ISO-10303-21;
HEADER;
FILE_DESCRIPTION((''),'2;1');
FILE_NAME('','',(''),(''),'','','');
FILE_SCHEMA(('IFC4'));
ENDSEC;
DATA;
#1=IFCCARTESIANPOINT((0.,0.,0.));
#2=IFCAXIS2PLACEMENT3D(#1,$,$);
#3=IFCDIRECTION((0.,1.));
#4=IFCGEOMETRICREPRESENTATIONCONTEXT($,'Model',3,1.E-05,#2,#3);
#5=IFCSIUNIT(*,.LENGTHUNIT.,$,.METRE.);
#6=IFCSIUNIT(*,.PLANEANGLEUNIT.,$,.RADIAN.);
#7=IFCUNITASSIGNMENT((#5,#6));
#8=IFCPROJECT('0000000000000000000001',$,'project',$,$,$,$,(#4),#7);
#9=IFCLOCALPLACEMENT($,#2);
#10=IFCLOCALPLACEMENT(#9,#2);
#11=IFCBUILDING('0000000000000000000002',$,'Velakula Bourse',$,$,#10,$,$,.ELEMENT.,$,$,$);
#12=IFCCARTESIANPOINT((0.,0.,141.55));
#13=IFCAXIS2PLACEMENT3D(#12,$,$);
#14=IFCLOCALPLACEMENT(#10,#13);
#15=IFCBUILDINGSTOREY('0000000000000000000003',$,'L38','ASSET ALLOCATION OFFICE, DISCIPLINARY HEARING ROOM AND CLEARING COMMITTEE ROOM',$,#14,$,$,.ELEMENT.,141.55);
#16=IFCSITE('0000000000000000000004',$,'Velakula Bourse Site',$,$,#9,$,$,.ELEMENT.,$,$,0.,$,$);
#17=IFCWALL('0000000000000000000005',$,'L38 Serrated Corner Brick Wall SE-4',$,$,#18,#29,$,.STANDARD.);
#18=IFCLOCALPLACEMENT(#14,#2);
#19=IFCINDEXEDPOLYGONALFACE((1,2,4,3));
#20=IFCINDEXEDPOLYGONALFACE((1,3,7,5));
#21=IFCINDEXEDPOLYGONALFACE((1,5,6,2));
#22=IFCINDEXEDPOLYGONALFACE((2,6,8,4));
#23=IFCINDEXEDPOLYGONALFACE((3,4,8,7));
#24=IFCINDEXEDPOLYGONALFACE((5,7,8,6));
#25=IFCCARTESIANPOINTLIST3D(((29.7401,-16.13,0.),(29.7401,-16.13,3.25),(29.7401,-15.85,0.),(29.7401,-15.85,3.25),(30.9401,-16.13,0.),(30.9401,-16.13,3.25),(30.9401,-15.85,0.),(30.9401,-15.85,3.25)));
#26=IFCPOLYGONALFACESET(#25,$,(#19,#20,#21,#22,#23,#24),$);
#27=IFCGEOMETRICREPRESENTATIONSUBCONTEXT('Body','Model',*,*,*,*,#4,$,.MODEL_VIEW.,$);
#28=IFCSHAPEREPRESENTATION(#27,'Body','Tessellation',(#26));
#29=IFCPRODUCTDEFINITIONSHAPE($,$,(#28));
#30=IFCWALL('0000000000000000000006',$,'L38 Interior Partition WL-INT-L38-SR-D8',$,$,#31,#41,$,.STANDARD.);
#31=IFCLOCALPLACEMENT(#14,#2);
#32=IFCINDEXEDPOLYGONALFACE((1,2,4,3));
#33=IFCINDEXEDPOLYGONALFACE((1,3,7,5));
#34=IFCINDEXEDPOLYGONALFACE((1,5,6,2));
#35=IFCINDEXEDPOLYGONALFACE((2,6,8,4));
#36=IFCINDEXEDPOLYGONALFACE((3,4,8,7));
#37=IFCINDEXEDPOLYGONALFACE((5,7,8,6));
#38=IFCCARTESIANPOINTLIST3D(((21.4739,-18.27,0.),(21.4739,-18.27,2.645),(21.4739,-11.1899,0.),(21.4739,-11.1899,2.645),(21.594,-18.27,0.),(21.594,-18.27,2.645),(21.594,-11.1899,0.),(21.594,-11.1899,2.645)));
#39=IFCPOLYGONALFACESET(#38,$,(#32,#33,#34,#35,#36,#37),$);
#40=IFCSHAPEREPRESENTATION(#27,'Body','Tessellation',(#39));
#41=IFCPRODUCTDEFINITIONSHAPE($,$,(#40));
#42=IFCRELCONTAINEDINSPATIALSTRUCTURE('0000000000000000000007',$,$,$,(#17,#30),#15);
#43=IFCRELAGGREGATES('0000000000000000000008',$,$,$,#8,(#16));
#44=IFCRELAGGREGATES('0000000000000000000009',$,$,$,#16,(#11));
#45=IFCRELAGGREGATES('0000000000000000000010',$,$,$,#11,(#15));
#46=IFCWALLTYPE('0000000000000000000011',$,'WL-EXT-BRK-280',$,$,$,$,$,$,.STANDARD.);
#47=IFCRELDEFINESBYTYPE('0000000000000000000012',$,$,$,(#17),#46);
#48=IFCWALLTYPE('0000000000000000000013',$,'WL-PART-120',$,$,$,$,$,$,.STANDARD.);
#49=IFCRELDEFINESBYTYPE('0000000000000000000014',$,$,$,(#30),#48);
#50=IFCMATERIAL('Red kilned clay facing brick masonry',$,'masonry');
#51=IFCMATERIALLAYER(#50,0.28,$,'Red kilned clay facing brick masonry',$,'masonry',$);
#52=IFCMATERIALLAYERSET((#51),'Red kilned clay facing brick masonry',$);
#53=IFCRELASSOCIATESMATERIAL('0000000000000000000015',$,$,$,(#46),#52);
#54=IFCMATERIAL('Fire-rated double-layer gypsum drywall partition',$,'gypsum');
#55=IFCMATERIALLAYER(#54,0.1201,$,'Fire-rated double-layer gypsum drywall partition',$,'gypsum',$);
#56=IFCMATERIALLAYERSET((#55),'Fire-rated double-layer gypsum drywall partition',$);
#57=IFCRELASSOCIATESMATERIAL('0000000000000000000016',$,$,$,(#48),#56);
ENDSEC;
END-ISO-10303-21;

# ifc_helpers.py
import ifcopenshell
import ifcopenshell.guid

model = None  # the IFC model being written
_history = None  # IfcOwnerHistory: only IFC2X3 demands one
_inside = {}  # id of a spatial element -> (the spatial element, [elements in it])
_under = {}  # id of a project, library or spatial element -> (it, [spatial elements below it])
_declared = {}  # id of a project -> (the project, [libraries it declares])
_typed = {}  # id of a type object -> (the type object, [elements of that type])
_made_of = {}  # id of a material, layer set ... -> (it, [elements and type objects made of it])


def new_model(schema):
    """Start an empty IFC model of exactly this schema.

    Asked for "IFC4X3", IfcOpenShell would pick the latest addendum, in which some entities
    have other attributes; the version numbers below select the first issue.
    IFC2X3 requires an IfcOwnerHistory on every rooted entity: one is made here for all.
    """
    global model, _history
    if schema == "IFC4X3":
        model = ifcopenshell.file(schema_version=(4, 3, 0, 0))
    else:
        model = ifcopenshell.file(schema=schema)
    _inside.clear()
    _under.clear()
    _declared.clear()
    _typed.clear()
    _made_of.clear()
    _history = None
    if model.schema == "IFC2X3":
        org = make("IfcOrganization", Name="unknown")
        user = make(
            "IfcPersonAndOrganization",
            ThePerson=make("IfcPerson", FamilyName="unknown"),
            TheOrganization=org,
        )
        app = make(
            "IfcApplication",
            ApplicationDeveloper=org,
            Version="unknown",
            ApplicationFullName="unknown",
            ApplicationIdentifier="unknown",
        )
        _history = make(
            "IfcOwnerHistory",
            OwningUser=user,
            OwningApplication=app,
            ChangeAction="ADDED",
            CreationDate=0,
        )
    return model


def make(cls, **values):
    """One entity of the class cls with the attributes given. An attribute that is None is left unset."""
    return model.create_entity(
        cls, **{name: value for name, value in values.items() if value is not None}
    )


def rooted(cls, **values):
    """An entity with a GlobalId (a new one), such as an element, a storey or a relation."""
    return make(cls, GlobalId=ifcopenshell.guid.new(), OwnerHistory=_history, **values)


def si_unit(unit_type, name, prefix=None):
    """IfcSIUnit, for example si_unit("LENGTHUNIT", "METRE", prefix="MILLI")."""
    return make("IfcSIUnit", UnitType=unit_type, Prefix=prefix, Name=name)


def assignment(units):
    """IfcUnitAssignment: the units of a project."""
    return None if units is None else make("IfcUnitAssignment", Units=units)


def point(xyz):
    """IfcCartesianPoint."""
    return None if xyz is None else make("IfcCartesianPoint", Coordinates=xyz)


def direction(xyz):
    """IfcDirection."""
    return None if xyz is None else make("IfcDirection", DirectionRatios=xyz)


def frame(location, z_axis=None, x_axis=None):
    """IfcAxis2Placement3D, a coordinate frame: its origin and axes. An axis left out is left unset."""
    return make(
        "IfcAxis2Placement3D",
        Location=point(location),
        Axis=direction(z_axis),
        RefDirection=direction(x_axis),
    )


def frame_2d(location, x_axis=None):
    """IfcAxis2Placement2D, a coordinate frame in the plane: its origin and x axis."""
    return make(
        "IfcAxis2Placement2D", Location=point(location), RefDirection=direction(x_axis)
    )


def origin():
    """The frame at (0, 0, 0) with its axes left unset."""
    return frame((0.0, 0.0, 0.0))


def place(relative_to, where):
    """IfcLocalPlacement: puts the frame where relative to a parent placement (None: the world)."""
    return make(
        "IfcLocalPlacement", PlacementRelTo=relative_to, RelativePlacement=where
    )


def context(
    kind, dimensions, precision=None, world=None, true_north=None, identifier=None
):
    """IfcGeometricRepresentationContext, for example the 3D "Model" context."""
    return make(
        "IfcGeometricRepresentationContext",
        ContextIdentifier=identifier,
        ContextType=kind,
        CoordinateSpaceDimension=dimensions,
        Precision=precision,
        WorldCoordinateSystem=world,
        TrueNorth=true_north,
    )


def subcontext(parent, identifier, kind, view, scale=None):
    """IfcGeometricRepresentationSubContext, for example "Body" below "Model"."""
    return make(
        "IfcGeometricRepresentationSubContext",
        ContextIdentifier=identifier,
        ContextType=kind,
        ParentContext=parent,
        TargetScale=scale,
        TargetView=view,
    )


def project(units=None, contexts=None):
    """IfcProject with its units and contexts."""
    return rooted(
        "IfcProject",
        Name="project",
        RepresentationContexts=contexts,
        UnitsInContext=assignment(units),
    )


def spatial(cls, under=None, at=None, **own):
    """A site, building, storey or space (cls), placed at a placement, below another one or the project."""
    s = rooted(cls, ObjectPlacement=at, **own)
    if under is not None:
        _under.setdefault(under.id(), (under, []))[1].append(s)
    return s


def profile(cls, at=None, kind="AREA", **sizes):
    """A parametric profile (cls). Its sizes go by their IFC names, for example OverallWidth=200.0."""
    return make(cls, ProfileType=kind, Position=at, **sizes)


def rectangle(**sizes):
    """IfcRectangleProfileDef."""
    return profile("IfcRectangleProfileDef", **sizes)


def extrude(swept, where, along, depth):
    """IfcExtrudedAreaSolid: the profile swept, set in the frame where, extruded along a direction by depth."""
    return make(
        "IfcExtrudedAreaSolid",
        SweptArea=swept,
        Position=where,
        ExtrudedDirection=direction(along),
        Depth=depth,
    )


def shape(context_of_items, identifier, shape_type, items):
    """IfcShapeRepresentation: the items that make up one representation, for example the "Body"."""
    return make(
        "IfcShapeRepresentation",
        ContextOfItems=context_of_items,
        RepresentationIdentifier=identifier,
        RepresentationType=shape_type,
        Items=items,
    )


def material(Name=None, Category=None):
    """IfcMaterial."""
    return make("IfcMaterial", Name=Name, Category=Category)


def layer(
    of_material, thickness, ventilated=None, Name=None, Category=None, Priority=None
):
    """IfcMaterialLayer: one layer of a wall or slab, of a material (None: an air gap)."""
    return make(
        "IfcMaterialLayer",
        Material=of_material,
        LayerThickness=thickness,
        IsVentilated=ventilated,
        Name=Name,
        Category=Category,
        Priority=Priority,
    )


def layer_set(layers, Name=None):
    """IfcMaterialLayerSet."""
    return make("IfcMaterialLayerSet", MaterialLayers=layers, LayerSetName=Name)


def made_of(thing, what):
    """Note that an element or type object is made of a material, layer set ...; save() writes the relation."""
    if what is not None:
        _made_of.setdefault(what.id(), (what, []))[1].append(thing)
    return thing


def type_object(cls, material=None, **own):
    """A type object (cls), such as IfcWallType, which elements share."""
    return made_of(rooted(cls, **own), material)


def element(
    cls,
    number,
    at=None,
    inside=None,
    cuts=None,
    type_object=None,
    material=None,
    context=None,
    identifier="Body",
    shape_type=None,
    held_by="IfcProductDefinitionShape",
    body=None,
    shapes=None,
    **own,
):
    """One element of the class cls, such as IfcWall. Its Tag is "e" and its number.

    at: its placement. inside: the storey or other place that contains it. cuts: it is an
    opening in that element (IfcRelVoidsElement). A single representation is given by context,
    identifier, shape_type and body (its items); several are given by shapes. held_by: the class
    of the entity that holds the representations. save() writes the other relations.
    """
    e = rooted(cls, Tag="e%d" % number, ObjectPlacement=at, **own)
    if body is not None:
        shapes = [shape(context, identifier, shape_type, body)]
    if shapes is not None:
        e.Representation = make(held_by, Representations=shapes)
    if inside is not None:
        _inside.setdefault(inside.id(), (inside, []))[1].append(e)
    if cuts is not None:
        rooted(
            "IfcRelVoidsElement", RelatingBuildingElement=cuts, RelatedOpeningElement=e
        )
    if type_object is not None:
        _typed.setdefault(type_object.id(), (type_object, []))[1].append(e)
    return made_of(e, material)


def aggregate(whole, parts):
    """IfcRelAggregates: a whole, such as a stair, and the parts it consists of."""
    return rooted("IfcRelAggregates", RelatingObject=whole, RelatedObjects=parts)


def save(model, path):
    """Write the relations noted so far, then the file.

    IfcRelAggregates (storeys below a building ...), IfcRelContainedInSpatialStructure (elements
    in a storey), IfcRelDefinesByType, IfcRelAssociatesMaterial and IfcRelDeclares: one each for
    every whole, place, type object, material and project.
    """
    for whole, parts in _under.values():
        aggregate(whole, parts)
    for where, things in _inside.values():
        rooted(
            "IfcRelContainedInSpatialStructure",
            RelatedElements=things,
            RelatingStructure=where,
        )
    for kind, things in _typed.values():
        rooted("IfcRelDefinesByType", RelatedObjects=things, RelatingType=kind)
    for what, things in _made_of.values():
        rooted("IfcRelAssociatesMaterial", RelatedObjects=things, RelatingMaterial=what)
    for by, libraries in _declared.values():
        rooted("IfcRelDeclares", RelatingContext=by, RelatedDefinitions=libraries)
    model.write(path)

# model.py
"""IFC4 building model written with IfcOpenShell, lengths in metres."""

from ifc_helpers import new_model, si_unit, direction, frame, frame_2d, origin, place, context, subcontext, project, spatial, rectangle, extrude, material, layer, layer_set, type_object, element, save


model = new_model("IFC4")

# Units and contexts
model_context = context("Model", 3, precision=1e-05, world=origin(), true_north=direction((0.0, 1.0)))
body_context = subcontext(model_context, "Body", "Model", "MODEL_VIEW")
ifc_project = project(units=[si_unit("LENGTHUNIT", "METRE"), si_unit("PLANEANGLEUNIT", "RADIAN")], contexts=[model_context])

# Site, building, storey
site_placement = place(None, origin())
site = spatial("IfcSite", under=ifc_project, at=site_placement, Name="Velakula Bourse Site", CompositionType="ELEMENT", RefElevation=0.0)
building_placement = place(site_placement, origin())
building = spatial("IfcBuilding", under=site, at=building_placement, Name="Velakula Bourse", CompositionType="ELEMENT")
storey_placement = place(building_placement, frame((0.0, 0.0, 141.55)))
storey = spatial("IfcBuildingStorey", under=building, at=storey_placement, Name="L38", Description="ASSET ALLOCATION OFFICE, DISCIPLINARY HEARING ROOM AND CLEARING COMMITTEE ROOM", CompositionType="ELEMENT", Elevation=141.55)

# Shared definitions
ifc_material_1 = material(Name="Red kilned clay facing brick masonry", Category="masonry")
ifc_layer_1 = layer(ifc_material_1, 0.28, Name="Red kilned clay facing brick masonry", Category="masonry")
ifc_layer_set_1 = layer_set([ifc_layer_1], Name="Red kilned clay facing brick masonry")
wall_type_1 = type_object("IfcWallType", Name="WL-EXT-BRK-280", PredefinedType="STANDARD", material=ifc_layer_set_1)

# Walls
for number, where, z_axis, x_axis, name in (
    (1, (29.74, -15.99, 0.0), (0.0, 0.0, 1.0), (1.0, 0.0, 0.0), "L38 Serrated Corner Brick Wall SE-4"),
):
    element("IfcWall", number, at=place(storey_placement, frame(where, z_axis=z_axis, x_axis=x_axis)), inside=storey, type_object=wall_type_1, Name=name, PredefinedType="STANDARD", context=body_context, shape_type="SweptSolid", body=[
        extrude(rectangle(XDim=1.2, YDim=0.28, at=frame_2d((0.6001, 0.0))), origin(), (0.0, 0.0, 1.0), 3.25),
    ])
ifc_material_2 = material(Name="Fire-rated double-layer gypsum drywall partition", Category="gypsum")
ifc_layer_2 = layer(ifc_material_2, 0.1201, Name="Fire-rated double-layer gypsum drywall partition", Category="gypsum")
ifc_layer_set_2 = layer_set([ifc_layer_2], Name="Fire-rated double-layer gypsum drywall partition")
wall_type_2 = type_object("IfcWallType", Name="WL-PART-120", PredefinedType="STANDARD", material=ifc_layer_set_2)
wall_1_placement = place(storey_placement, frame((21.5339, -18.27, 0.0), z_axis=(0.0, 0.0, 1.0), x_axis=(0.0, 1.0, 0.0)))
element("IfcWall", 2, at=wall_1_placement, inside=storey, type_object=wall_type_2, Name="L38 Interior Partition WL-INT-L38-SR-D8", PredefinedType="STANDARD", context=body_context, shape_type="SweptSolid", body=[
    extrude(rectangle(XDim=7.0801, YDim=0.1201, at=frame_2d((3.54, 0.0))), origin(), (0.0, 0.0, 1.0), 2.645),
])

save(model, "model.ifc")
